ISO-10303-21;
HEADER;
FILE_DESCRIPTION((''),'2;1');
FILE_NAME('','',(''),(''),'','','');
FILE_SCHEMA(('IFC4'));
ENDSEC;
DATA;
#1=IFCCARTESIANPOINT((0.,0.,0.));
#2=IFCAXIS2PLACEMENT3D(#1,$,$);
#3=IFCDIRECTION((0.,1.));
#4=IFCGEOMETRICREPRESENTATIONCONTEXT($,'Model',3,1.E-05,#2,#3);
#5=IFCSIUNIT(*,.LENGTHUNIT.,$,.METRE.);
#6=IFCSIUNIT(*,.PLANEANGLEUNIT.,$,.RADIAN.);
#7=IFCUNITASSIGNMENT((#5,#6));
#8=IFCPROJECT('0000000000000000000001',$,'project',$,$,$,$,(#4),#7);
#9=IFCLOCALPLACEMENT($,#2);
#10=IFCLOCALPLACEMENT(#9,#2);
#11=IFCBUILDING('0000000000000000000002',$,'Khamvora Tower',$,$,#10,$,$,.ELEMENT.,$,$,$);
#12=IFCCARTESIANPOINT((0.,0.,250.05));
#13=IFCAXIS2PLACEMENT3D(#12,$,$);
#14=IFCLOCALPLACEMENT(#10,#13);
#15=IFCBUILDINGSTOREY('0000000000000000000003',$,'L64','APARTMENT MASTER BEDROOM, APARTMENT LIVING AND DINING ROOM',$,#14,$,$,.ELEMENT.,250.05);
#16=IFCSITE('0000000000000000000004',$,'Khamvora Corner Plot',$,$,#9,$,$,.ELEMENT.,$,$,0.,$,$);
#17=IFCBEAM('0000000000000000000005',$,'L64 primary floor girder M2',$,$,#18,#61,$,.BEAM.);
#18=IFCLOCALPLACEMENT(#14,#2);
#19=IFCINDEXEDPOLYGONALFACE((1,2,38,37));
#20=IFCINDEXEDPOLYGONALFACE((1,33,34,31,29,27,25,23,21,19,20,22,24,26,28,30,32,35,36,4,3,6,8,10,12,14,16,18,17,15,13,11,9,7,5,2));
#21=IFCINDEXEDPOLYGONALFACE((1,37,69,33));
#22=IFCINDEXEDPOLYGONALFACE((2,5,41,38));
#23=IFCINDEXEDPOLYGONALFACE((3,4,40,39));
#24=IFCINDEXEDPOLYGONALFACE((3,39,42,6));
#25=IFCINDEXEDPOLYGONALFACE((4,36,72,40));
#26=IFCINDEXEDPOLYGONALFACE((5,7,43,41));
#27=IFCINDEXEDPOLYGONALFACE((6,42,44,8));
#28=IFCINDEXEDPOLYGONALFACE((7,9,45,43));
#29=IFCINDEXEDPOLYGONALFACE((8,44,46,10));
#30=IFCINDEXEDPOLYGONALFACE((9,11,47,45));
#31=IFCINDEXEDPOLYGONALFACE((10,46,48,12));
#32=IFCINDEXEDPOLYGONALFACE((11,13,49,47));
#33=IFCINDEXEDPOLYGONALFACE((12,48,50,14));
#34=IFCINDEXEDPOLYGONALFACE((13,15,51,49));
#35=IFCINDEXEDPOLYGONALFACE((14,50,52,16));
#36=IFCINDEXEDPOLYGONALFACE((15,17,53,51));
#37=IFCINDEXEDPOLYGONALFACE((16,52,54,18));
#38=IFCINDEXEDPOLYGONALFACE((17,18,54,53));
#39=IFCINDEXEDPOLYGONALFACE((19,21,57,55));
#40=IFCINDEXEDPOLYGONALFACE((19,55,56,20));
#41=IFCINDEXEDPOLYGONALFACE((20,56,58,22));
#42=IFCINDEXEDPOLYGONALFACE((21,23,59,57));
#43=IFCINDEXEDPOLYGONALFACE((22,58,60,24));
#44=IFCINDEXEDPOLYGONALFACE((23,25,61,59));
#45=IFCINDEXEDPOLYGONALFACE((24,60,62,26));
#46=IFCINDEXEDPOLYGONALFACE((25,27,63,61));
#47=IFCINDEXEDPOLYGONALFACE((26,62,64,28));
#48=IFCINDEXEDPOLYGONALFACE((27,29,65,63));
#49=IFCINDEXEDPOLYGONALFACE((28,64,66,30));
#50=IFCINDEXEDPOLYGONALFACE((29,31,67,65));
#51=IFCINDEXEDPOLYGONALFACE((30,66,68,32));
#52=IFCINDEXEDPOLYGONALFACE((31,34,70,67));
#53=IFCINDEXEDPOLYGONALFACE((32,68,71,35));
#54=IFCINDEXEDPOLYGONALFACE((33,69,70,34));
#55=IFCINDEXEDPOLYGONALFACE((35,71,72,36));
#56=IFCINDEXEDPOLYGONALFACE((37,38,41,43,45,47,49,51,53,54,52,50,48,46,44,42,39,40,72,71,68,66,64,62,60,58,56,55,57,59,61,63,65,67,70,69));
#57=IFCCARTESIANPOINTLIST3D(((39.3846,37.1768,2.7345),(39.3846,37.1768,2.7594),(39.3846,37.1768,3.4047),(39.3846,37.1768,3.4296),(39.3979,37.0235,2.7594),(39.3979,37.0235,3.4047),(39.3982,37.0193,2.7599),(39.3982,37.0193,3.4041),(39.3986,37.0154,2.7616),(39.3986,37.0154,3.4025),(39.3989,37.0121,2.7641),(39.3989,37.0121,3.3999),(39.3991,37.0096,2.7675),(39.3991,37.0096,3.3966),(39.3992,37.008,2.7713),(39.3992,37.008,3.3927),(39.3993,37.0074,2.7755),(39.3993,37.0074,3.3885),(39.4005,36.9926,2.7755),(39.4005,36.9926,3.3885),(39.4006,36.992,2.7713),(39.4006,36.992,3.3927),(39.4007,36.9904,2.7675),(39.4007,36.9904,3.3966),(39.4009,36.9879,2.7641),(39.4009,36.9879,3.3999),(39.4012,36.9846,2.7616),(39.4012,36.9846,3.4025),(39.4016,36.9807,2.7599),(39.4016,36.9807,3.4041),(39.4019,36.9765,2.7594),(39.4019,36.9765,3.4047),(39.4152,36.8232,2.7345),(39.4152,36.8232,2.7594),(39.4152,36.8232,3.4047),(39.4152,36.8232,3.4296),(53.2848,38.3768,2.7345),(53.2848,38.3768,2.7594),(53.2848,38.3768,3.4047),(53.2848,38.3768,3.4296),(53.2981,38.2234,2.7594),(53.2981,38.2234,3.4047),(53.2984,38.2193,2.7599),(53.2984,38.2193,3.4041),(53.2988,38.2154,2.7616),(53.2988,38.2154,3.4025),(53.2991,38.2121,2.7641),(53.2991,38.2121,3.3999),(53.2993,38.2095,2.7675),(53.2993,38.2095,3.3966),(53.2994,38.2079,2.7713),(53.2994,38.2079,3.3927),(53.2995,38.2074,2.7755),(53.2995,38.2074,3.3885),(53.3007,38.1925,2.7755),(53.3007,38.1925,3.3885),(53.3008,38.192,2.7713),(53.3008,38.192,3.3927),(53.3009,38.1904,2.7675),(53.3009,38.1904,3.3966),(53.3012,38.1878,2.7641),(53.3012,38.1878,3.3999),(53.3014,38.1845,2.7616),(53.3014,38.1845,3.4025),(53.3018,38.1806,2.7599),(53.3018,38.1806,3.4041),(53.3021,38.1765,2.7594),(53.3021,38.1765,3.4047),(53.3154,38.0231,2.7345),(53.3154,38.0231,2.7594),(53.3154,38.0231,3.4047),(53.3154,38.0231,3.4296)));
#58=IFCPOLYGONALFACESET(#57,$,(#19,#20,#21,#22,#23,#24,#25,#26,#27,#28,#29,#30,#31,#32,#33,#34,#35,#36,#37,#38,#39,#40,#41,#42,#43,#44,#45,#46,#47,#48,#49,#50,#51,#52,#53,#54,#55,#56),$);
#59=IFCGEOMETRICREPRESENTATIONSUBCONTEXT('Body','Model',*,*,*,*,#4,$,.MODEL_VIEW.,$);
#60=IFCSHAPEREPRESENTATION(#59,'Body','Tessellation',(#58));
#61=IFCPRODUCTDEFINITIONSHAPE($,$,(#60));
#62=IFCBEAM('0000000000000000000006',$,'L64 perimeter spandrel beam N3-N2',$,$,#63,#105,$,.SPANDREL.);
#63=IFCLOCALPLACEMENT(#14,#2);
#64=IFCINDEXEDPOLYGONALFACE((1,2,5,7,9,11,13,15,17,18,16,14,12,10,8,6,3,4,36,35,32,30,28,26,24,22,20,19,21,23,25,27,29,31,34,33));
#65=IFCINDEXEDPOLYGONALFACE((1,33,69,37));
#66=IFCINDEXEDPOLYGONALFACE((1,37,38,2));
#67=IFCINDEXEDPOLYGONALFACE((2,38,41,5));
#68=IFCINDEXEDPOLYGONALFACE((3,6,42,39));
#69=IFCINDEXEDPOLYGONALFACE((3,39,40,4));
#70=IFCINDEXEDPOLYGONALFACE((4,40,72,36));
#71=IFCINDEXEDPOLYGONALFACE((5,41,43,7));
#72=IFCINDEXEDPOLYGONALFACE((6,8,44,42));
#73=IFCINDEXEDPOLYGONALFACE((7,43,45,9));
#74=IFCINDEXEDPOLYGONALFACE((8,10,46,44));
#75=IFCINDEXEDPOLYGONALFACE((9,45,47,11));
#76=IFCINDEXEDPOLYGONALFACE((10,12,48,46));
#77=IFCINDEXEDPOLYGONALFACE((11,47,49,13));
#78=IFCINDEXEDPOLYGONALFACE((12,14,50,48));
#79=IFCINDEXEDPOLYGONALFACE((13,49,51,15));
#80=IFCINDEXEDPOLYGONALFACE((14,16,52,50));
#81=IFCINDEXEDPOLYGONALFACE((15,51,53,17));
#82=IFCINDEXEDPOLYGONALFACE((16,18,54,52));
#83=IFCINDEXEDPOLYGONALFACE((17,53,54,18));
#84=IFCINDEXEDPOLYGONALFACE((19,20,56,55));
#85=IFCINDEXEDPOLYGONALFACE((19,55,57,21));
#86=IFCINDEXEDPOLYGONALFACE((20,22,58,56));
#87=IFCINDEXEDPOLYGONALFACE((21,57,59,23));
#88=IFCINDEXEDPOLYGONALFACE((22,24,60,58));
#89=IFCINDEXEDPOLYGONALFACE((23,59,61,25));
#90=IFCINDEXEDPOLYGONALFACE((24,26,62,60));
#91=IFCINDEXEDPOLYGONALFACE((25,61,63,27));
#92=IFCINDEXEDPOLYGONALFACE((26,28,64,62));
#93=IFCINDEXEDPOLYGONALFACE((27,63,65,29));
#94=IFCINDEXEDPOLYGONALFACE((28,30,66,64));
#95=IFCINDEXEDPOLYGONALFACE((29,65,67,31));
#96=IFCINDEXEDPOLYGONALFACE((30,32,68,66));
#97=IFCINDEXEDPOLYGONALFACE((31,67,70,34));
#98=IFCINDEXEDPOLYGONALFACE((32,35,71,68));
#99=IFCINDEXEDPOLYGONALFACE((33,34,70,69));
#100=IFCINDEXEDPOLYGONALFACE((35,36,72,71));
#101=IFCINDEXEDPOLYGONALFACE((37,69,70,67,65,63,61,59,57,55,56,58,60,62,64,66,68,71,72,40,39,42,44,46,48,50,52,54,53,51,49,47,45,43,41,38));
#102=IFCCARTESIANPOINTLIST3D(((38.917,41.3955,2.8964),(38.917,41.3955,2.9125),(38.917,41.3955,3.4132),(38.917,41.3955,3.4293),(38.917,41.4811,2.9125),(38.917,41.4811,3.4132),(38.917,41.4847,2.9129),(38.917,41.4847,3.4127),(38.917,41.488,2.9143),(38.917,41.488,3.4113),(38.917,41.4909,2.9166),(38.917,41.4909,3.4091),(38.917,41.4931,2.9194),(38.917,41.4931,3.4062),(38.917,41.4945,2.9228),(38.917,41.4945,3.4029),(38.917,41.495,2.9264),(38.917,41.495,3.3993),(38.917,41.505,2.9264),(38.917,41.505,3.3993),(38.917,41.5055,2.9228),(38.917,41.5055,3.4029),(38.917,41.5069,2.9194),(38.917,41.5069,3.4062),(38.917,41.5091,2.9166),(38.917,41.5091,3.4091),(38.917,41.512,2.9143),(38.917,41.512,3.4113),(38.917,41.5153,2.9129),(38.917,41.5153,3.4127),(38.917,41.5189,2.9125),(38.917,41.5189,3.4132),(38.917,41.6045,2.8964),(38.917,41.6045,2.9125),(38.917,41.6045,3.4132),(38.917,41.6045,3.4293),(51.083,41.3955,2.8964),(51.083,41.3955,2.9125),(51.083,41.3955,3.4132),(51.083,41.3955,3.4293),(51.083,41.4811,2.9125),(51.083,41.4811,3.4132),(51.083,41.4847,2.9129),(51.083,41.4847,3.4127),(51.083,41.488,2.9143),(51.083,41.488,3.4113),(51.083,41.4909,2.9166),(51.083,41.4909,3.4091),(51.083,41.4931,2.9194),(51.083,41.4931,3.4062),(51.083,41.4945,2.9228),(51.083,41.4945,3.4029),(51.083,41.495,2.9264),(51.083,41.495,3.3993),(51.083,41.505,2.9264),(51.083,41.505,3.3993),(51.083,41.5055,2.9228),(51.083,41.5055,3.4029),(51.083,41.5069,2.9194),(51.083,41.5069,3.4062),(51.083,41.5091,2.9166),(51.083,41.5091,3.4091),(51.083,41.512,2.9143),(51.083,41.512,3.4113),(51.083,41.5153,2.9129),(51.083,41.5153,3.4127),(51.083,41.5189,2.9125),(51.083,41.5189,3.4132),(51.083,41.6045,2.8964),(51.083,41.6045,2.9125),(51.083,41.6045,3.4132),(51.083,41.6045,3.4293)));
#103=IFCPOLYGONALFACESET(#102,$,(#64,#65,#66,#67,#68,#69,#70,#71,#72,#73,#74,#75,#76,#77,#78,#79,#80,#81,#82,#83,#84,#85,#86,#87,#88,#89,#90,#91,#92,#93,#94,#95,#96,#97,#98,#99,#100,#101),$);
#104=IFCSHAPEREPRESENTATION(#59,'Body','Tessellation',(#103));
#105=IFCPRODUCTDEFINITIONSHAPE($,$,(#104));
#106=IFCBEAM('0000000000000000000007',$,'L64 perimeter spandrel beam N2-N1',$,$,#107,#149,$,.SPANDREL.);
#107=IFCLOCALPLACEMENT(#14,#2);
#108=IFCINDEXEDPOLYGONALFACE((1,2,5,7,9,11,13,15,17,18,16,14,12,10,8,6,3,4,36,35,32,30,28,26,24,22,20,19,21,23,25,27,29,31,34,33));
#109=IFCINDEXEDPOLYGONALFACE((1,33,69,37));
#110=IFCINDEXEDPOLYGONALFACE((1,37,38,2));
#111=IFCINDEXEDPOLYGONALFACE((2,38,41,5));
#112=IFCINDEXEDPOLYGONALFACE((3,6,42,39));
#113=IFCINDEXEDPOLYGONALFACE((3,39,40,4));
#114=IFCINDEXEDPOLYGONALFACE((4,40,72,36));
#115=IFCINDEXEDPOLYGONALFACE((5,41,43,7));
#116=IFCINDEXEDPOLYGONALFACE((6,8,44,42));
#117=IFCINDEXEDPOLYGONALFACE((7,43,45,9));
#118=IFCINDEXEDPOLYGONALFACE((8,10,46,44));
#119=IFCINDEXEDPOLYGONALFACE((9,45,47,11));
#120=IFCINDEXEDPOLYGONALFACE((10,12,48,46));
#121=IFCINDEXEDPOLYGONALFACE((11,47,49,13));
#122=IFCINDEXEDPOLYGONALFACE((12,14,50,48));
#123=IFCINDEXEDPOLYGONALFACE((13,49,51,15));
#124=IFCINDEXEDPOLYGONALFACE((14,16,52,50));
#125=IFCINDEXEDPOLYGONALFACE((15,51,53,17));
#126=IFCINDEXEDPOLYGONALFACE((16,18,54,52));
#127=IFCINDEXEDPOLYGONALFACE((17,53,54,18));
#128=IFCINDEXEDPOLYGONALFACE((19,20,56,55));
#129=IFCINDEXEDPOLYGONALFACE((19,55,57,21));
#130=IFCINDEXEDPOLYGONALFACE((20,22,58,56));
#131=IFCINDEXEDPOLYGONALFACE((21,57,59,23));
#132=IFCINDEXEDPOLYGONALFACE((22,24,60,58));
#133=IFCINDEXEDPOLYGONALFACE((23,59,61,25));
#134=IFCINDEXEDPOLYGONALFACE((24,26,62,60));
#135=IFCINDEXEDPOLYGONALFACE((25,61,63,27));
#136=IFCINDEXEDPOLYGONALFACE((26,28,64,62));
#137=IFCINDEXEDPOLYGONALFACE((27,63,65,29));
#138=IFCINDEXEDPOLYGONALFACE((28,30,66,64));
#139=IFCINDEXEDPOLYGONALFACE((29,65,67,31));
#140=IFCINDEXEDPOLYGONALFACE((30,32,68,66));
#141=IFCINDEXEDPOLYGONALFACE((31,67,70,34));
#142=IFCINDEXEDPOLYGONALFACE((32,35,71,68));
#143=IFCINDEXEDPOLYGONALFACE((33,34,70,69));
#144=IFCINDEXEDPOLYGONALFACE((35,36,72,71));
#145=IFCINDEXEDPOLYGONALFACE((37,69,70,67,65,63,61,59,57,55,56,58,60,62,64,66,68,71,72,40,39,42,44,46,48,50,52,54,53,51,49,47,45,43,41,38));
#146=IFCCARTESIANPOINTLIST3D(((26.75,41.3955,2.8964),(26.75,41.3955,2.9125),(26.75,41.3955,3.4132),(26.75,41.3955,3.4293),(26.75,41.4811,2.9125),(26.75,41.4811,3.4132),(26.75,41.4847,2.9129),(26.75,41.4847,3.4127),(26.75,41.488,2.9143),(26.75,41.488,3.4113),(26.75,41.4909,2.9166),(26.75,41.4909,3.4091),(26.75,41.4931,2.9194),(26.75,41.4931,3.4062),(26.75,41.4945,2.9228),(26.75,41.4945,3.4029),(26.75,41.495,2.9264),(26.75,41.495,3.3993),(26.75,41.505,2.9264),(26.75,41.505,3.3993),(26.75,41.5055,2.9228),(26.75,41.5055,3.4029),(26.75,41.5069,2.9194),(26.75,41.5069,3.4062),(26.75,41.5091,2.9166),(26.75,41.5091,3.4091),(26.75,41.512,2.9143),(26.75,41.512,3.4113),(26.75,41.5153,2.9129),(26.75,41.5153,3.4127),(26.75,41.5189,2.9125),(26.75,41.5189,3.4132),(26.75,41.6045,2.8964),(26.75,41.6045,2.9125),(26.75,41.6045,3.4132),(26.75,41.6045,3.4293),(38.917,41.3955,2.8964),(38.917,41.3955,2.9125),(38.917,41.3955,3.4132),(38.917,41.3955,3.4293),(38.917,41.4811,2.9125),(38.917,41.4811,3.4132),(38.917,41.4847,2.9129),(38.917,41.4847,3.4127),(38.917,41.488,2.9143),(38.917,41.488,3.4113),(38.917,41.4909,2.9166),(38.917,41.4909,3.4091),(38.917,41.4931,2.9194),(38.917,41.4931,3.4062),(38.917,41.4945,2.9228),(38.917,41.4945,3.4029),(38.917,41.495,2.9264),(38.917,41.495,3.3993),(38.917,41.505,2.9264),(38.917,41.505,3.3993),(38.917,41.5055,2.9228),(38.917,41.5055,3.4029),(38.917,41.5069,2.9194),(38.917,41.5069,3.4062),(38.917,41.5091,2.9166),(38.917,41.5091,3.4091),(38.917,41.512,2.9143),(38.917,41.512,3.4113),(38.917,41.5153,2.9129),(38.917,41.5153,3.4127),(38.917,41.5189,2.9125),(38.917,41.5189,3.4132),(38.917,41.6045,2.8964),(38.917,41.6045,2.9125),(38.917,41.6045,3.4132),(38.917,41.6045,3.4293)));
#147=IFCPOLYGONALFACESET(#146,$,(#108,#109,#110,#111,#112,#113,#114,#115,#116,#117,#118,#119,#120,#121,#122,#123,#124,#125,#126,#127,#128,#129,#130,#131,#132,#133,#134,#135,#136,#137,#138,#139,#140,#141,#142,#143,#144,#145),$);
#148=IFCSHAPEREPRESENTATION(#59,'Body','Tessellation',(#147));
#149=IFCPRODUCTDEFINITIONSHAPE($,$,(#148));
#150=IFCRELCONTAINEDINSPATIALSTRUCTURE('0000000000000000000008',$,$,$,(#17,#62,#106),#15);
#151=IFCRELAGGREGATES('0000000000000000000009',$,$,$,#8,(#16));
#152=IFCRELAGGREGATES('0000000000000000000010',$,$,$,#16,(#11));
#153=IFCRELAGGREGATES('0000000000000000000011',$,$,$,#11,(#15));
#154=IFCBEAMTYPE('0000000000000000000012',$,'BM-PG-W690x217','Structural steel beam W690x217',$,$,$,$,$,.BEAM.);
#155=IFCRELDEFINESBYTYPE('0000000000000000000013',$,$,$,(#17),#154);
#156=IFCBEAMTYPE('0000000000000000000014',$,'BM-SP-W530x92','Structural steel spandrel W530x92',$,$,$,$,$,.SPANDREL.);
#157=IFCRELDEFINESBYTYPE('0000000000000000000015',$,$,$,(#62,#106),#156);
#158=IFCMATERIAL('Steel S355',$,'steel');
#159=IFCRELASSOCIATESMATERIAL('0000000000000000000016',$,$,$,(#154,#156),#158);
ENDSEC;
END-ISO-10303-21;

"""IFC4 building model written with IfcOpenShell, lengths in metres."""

from ifc_helpers import new_model, si_unit, direction, frame, origin, origin_2d, place, context, subcontext, project, spatial, i_section, extrude, material, material_profile, profile_set, type_object, element, save


model = new_model("IFC4")

# Units and contexts
model_context = context("Model", 3, precision=1e-05, world=origin(), true_north=direction((0.0, 1.0)))
body_context = subcontext(model_context, "Body", "Model", "MODEL_VIEW")
ifc_project = project(units=[si_unit("LENGTHUNIT", "METRE"), si_unit("PLANEANGLEUNIT", "RADIAN")], contexts=[model_context])

# Site, building, storey
site_placement = place(None, origin())
site = spatial("IfcSite", under=ifc_project, at=site_placement, Name="Khamvora Corner Plot", CompositionType="ELEMENT", RefElevation=0.0)
building_placement = place(site_placement, origin())
building = spatial("IfcBuilding", under=site, at=building_placement, Name="Khamvora Tower", CompositionType="ELEMENT")
storey_placement = place(building_placement, frame((0.0, 0.0, 250.05)))
storey = spatial("IfcBuildingStorey", under=building, at=storey_placement, Name="L64", Description="APARTMENT MASTER BEDROOM, APARTMENT LIVING AND DINING ROOM", CompositionType="ELEMENT", Elevation=250.05)

# Shared definitions
ifc_material_1 = material(Name="Steel S355", Category="steel")

# Beams
ifc_material_profile_1 = material_profile(ifc_material_1, i_section(OverallWidth=0.355, OverallDepth=0.6951, WebThickness=0.0149, FlangeThickness=0.0249, FilletRadius=0.0161, at=origin_2d()), Name="W690x217")
ifc_profile_set_1 = profile_set([ifc_material_profile_1], Name="Steel S355")
beam_type_1 = type_object("IfcBeamType", Name="BM-PG-W690x217", Description="Structural steel beam W690x217", PredefinedType="BEAM", material=ifc_profile_set_1)
beam_1_placement = place(storey_placement, frame((39.3999, 37.0, 3.082), z_axis=(0.996295, 0.086007, 0.0), x_axis=(-0.086007, 0.996295, 0.0)))
element("IfcBeam", 1, at=beam_1_placement, inside=storey, type_object=beam_type_1, Name="L64 primary floor girder M2", PredefinedType="BEAM", context=body_context, shape_type="SweptSolid", body=[
    extrude(i_section(OverallWidth=0.355, OverallDepth=0.6951, WebThickness=0.0149, FlangeThickness=0.0249, FilletRadius=0.0161, at=origin_2d()), origin(), (0.0, 0.0, 1.0), 13.9519),
])
ifc_material_profile_2 = material_profile(ifc_material_1, i_section(OverallWidth=0.209, OverallDepth=0.533, WebThickness=0.01, FlangeThickness=0.0161, FilletRadius=0.0139, at=origin_2d()), Name="W530x92")
ifc_profile_set_2 = profile_set([ifc_material_profile_2], Name="Steel S355")
beam_type_2 = type_object("IfcBeamType", Name="BM-SP-W530x92", Description="Structural steel spandrel W530x92", PredefinedType="SPANDREL", material=ifc_profile_set_2)
beam_2_placement = place(storey_placement, frame((51.083, 41.5, 3.1628), z_axis=(-1.0, 0.0, 0.0), x_axis=(0.0, -1.0, 0.0)))
element("IfcBeam", 2, at=beam_2_placement, inside=storey, type_object=beam_type_2, Name="L64 perimeter spandrel beam N3-N2", PredefinedType="SPANDREL", context=body_context, shape_type="SweptSolid", body=[
    extrude(i_section(OverallWidth=0.209, OverallDepth=0.533, WebThickness=0.01, FlangeThickness=0.0161, FilletRadius=0.0139, at=origin_2d()), origin(), (0.0, 0.0, 1.0), 12.166),
])
beam_3_placement = place(storey_placement, frame((38.917, 41.5, 3.1628), z_axis=(-1.0, 0.0, 0.0), x_axis=(0.0, -1.0, 0.0)))
element("IfcBeam", 3, at=beam_3_placement, inside=storey, type_object=beam_type_2, Name="L64 perimeter spandrel beam N2-N1", PredefinedType="SPANDREL", context=body_context, shape_type="SweptSolid", body=[
    extrude(i_section(OverallWidth=0.209, OverallDepth=0.533, WebThickness=0.01, FlangeThickness=0.0161, FilletRadius=0.0139, at=origin_2d()), origin(), (0.0, 0.0, 1.0), 12.167),
])

save(model, "model.ifc")
